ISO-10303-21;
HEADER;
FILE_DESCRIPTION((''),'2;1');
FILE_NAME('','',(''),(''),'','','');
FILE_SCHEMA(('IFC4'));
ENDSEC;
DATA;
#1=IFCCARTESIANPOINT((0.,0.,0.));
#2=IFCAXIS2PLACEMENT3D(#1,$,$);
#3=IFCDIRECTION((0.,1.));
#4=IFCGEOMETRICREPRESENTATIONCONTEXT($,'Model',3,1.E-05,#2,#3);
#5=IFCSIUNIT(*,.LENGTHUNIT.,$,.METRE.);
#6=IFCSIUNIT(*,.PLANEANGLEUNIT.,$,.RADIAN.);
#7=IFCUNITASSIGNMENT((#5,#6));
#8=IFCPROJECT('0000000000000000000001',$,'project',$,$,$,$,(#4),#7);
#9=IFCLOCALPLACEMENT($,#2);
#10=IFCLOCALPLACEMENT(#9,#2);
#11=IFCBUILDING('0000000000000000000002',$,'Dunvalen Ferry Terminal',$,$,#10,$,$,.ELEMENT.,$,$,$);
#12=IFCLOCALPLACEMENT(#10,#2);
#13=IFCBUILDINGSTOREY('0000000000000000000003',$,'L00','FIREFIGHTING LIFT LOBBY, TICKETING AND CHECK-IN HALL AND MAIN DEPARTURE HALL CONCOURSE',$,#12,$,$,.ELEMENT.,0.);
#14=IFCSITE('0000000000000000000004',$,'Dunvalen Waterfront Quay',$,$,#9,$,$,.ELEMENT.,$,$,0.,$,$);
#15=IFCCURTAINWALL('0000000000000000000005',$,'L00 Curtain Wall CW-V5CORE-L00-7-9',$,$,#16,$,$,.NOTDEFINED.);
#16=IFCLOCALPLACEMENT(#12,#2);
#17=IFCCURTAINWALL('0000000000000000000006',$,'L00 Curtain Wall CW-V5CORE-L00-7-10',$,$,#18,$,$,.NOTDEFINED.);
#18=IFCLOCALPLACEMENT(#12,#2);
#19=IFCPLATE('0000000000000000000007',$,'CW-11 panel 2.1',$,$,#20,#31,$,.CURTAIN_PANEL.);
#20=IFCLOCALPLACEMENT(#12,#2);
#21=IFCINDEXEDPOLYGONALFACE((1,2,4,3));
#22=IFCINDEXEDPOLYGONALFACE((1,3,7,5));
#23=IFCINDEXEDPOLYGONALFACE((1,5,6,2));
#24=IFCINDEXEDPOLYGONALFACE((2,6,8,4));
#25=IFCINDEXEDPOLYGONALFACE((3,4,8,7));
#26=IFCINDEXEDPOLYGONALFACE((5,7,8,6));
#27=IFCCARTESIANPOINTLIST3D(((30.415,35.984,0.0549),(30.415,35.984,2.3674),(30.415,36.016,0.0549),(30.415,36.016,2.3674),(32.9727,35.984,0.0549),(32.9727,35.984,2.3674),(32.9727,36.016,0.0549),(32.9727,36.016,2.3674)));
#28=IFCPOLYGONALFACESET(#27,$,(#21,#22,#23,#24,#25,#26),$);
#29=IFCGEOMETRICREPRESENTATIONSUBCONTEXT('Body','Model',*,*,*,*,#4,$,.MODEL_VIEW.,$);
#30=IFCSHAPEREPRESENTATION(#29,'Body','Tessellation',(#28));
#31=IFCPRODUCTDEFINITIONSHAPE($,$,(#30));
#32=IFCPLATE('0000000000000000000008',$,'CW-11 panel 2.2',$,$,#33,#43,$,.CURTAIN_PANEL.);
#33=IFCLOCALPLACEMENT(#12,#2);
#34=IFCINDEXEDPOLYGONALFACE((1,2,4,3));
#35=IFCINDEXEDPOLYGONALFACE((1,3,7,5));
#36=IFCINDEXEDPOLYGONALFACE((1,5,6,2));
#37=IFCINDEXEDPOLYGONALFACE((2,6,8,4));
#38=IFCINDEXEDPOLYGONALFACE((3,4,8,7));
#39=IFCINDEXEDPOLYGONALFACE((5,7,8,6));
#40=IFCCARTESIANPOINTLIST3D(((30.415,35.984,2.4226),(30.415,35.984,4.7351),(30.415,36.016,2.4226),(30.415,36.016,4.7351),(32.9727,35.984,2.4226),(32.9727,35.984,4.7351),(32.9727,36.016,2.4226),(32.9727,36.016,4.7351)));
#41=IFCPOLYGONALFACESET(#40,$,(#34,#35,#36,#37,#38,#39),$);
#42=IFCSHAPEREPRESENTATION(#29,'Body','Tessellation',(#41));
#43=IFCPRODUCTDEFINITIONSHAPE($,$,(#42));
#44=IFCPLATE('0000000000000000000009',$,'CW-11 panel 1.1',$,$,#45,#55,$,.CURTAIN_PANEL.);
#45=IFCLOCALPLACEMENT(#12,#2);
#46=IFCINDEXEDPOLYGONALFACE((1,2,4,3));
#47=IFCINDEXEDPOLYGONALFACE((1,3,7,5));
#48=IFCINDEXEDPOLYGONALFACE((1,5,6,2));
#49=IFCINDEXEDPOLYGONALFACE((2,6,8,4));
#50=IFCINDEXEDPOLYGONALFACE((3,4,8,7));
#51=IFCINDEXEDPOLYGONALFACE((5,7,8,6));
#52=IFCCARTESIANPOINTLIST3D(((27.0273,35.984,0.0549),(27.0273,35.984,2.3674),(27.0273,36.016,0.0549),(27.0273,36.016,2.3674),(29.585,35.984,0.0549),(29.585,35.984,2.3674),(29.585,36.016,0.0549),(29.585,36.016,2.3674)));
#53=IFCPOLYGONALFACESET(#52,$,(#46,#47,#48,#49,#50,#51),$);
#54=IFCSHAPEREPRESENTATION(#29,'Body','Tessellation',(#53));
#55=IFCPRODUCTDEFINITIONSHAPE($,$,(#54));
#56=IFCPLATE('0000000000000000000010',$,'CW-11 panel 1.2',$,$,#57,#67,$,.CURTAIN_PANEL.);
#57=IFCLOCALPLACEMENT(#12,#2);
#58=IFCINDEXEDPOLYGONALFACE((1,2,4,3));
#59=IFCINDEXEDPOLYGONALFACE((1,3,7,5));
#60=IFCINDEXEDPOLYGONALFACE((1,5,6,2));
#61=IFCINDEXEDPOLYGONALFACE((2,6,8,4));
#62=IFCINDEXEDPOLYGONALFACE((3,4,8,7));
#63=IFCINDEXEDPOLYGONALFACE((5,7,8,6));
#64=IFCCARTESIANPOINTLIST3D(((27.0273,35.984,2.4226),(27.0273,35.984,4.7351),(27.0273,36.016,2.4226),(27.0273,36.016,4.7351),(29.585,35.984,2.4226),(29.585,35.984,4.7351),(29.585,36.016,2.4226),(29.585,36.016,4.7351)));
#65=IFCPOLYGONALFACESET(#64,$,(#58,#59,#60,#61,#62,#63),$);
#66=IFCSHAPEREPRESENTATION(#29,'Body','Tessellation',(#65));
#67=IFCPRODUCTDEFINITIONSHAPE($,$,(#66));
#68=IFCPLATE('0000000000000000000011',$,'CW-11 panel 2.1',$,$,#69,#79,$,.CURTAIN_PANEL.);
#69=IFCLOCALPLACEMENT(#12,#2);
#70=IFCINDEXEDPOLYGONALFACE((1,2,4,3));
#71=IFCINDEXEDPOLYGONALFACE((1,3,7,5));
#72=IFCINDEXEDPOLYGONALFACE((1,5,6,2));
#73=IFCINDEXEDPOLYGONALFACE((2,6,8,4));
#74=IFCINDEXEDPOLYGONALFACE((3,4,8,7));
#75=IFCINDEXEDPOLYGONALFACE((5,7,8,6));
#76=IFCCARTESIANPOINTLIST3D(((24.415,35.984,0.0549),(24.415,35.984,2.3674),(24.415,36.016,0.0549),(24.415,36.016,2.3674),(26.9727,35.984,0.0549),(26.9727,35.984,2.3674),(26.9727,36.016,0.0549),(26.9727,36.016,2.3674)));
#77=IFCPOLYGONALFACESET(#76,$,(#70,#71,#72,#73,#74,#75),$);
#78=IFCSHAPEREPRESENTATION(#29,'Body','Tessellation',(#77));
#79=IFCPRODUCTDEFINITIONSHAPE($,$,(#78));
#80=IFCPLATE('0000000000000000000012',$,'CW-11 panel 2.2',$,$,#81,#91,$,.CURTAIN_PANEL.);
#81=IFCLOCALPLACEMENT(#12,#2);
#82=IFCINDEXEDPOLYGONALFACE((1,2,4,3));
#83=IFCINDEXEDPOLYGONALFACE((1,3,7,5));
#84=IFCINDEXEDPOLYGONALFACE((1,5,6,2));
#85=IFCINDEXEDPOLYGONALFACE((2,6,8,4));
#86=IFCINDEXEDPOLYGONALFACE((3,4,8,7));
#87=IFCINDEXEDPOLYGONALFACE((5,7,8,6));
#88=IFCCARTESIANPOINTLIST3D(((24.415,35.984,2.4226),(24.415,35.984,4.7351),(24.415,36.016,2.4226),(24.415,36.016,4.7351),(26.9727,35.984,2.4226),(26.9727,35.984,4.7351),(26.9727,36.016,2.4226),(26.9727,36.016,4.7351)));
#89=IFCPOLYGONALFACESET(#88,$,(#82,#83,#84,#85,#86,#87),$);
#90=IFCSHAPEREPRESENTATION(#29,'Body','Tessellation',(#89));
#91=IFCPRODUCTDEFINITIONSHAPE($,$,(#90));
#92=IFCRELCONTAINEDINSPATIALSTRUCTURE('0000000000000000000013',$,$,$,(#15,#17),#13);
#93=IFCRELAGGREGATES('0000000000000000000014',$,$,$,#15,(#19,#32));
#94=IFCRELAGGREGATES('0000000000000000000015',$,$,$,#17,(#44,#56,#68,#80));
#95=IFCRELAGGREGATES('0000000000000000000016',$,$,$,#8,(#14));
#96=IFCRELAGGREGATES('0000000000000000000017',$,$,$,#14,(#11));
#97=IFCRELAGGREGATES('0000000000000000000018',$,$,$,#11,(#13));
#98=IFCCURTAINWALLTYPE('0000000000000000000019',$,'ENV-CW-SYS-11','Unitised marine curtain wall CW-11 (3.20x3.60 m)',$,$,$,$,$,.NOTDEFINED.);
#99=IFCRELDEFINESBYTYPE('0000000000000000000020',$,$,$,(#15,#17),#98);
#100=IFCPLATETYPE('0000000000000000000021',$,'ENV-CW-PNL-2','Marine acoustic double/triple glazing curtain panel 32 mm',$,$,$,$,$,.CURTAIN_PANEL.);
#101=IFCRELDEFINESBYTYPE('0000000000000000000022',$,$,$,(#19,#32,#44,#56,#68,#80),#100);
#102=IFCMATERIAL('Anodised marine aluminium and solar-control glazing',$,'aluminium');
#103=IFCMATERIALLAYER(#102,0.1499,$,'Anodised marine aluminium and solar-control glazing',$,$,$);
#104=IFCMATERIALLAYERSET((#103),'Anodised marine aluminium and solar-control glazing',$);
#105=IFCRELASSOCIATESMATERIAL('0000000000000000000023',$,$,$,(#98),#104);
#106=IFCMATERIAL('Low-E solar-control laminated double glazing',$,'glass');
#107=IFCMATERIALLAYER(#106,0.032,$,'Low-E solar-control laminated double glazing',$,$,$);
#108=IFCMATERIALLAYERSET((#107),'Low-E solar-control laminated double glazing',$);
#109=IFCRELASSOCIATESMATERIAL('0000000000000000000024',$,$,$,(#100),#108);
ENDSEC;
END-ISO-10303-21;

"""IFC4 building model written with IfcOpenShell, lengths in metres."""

from ifc_helpers import new_model, si_unit, direction, frame, origin, origin_2d, place, context, subcontext, project, spatial, rectangle, extrude, material, layer, layer_set, type_object, element, aggregate, save


model = new_model("IFC4")

# Units and contexts
model_context = context("Model", 3, precision=1e-05, world=origin(), true_north=direction((0.0, 1.0)))
body_context = subcontext(model_context, "Body", "Model", "MODEL_VIEW")
ifc_project = project(units=[si_unit("LENGTHUNIT", "METRE"), si_unit("PLANEANGLEUNIT", "RADIAN")], contexts=[model_context])

# Site, building, storey
site_placement = place(None, origin())
site = spatial("IfcSite", under=ifc_project, at=site_placement, Name="Dunvalen Waterfront Quay", CompositionType="ELEMENT", RefElevation=0.0)
building_placement = place(site_placement, origin())
building = spatial("IfcBuilding", under=site, at=building_placement, Name="Dunvalen Ferry Terminal", CompositionType="ELEMENT")
storey_placement = place(building_placement, origin())
storey = spatial("IfcBuildingStorey", under=building, at=storey_placement, Name="L00", Description="FIREFIGHTING LIFT LOBBY, TICKETING AND CHECK-IN HALL AND MAIN DEPARTURE HALL CONCOURSE", CompositionType="ELEMENT", Elevation=0.0)

# Curtain wall
ifc_material_1 = material(Name="Anodised marine aluminium and solar-control glazing", Category="aluminium")
ifc_layer_1 = layer(ifc_material_1, 0.1499, Name="Anodised marine aluminium and solar-control glazing")
ifc_layer_set_1 = layer_set([ifc_layer_1], Name="Anodised marine aluminium and solar-control glazing")
curtain_wall_type = type_object("IfcCurtainWallType", Name="ENV-CW-SYS-11", Description="Unitised marine curtain wall CW-11 (3.20x3.60 m)", PredefinedType="NOTDEFINED", material=ifc_layer_set_1)
curtain_wall_1_placement = place(storey_placement, origin())
curtain_wall_1 = element("IfcCurtainWall", 1, at=curtain_wall_1_placement, inside=storey, type_object=curtain_wall_type, Name="L00 Curtain Wall CW-V5CORE-L00-7-9", PredefinedType="NOTDEFINED")

# Curtain wall
curtain_wall_2_placement = place(storey_placement, origin())
curtain_wall_2 = element("IfcCurtainWall", 2, at=curtain_wall_2_placement, inside=storey, type_object=curtain_wall_type, Name="L00 Curtain Wall CW-V5CORE-L00-7-10", PredefinedType="NOTDEFINED")

# Plates
ifc_material_2 = material(Name="Low-E solar-control laminated double glazing", Category="glass")
ifc_layer_2 = layer(ifc_material_2, 0.032, Name="Low-E solar-control laminated double glazing")
ifc_layer_set_2 = layer_set([ifc_layer_2], Name="Low-E solar-control laminated double glazing")
plate_type = type_object("IfcPlateType", Name="ENV-CW-PNL-2", Description="Marine acoustic double/triple glazing curtain panel 32 mm", PredefinedType="CURTAIN_PANEL", material=ifc_layer_set_2)
plate_1_placement = place(storey_placement, frame((31.6938, 36.0, 0.0549), z_axis=(0.0, 0.0, 1.0), x_axis=(-1.0, 0.0, 0.0)))
plate_1 = element("IfcPlate", 3, at=plate_1_placement, type_object=plate_type, Name="CW-11 panel 2.1", PredefinedType="CURTAIN_PANEL", context=body_context, shape_type="SweptSolid", body=[
    extrude(rectangle(XDim=2.5576, YDim=0.032, at=origin_2d()), origin(), (0.0, 0.0, 1.0), 2.3125),
])
plate_2_placement = place(storey_placement, frame((31.6938, 36.0, 2.4226), z_axis=(0.0, 0.0, 1.0), x_axis=(-1.0, 0.0, 0.0)))
plate_2 = element("IfcPlate", 4, at=plate_2_placement, type_object=plate_type, Name="CW-11 panel 2.2", PredefinedType="CURTAIN_PANEL", context=body_context, shape_type="SweptSolid", body=[
    extrude(rectangle(XDim=2.5576, YDim=0.032, at=origin_2d()), origin(), (0.0, 0.0, 1.0), 2.3125),
])
aggregate(curtain_wall_1, [plate_1, plate_2])
plate_3_placement = place(storey_placement, frame((28.3062, 36.0, 0.0549), z_axis=(0.0, 0.0, 1.0), x_axis=(-1.0, 0.0, 0.0)))
plate_3 = element("IfcPlate", 5, at=plate_3_placement, type_object=plate_type, Name="CW-11 panel 1.1", PredefinedType="CURTAIN_PANEL", context=body_context, shape_type="SweptSolid", body=[
    extrude(rectangle(XDim=2.5576, YDim=0.032, at=origin_2d()), origin(), (0.0, 0.0, 1.0), 2.3125),
])
plate_4_placement = place(storey_placement, frame((28.3062, 36.0, 2.4226), z_axis=(0.0, 0.0, 1.0), x_axis=(-1.0, 0.0, 0.0)))
plate_4 = element("IfcPlate", 6, at=plate_4_placement, type_object=plate_type, Name="CW-11 panel 1.2", PredefinedType="CURTAIN_PANEL", context=body_context, shape_type="SweptSolid", body=[
    extrude(rectangle(XDim=2.5576, YDim=0.032, at=origin_2d()), origin(), (0.0, 0.0, 1.0), 2.3125),
])
plate_5_placement = place(storey_placement, frame((25.6938, 36.0, 0.0549), z_axis=(0.0, 0.0, 1.0), x_axis=(-1.0, 0.0, 0.0)))
plate_5 = element("IfcPlate", 7, at=plate_5_placement, type_object=plate_type, Name="CW-11 panel 2.1", PredefinedType="CURTAIN_PANEL", context=body_context, shape_type="SweptSolid", body=[
    extrude(rectangle(XDim=2.5576, YDim=0.032, at=origin_2d()), origin(), (0.0, 0.0, 1.0), 2.3125),
])
plate_6_placement = place(storey_placement, frame((25.6938, 36.0, 2.4226), z_axis=(0.0, 0.0, 1.0), x_axis=(-1.0, 0.0, 0.0)))
plate_6 = element("IfcPlate", 8, at=plate_6_placement, type_object=plate_type, Name="CW-11 panel 2.2", PredefinedType="CURTAIN_PANEL", context=body_context, shape_type="SweptSolid", body=[
    extrude(rectangle(XDim=2.5576, YDim=0.032, at=origin_2d()), origin(), (0.0, 0.0, 1.0), 2.3125),
])
aggregate(curtain_wall_2, [plate_3, plate_4, plate_5, plate_6])

save(model, "model.ifc")
